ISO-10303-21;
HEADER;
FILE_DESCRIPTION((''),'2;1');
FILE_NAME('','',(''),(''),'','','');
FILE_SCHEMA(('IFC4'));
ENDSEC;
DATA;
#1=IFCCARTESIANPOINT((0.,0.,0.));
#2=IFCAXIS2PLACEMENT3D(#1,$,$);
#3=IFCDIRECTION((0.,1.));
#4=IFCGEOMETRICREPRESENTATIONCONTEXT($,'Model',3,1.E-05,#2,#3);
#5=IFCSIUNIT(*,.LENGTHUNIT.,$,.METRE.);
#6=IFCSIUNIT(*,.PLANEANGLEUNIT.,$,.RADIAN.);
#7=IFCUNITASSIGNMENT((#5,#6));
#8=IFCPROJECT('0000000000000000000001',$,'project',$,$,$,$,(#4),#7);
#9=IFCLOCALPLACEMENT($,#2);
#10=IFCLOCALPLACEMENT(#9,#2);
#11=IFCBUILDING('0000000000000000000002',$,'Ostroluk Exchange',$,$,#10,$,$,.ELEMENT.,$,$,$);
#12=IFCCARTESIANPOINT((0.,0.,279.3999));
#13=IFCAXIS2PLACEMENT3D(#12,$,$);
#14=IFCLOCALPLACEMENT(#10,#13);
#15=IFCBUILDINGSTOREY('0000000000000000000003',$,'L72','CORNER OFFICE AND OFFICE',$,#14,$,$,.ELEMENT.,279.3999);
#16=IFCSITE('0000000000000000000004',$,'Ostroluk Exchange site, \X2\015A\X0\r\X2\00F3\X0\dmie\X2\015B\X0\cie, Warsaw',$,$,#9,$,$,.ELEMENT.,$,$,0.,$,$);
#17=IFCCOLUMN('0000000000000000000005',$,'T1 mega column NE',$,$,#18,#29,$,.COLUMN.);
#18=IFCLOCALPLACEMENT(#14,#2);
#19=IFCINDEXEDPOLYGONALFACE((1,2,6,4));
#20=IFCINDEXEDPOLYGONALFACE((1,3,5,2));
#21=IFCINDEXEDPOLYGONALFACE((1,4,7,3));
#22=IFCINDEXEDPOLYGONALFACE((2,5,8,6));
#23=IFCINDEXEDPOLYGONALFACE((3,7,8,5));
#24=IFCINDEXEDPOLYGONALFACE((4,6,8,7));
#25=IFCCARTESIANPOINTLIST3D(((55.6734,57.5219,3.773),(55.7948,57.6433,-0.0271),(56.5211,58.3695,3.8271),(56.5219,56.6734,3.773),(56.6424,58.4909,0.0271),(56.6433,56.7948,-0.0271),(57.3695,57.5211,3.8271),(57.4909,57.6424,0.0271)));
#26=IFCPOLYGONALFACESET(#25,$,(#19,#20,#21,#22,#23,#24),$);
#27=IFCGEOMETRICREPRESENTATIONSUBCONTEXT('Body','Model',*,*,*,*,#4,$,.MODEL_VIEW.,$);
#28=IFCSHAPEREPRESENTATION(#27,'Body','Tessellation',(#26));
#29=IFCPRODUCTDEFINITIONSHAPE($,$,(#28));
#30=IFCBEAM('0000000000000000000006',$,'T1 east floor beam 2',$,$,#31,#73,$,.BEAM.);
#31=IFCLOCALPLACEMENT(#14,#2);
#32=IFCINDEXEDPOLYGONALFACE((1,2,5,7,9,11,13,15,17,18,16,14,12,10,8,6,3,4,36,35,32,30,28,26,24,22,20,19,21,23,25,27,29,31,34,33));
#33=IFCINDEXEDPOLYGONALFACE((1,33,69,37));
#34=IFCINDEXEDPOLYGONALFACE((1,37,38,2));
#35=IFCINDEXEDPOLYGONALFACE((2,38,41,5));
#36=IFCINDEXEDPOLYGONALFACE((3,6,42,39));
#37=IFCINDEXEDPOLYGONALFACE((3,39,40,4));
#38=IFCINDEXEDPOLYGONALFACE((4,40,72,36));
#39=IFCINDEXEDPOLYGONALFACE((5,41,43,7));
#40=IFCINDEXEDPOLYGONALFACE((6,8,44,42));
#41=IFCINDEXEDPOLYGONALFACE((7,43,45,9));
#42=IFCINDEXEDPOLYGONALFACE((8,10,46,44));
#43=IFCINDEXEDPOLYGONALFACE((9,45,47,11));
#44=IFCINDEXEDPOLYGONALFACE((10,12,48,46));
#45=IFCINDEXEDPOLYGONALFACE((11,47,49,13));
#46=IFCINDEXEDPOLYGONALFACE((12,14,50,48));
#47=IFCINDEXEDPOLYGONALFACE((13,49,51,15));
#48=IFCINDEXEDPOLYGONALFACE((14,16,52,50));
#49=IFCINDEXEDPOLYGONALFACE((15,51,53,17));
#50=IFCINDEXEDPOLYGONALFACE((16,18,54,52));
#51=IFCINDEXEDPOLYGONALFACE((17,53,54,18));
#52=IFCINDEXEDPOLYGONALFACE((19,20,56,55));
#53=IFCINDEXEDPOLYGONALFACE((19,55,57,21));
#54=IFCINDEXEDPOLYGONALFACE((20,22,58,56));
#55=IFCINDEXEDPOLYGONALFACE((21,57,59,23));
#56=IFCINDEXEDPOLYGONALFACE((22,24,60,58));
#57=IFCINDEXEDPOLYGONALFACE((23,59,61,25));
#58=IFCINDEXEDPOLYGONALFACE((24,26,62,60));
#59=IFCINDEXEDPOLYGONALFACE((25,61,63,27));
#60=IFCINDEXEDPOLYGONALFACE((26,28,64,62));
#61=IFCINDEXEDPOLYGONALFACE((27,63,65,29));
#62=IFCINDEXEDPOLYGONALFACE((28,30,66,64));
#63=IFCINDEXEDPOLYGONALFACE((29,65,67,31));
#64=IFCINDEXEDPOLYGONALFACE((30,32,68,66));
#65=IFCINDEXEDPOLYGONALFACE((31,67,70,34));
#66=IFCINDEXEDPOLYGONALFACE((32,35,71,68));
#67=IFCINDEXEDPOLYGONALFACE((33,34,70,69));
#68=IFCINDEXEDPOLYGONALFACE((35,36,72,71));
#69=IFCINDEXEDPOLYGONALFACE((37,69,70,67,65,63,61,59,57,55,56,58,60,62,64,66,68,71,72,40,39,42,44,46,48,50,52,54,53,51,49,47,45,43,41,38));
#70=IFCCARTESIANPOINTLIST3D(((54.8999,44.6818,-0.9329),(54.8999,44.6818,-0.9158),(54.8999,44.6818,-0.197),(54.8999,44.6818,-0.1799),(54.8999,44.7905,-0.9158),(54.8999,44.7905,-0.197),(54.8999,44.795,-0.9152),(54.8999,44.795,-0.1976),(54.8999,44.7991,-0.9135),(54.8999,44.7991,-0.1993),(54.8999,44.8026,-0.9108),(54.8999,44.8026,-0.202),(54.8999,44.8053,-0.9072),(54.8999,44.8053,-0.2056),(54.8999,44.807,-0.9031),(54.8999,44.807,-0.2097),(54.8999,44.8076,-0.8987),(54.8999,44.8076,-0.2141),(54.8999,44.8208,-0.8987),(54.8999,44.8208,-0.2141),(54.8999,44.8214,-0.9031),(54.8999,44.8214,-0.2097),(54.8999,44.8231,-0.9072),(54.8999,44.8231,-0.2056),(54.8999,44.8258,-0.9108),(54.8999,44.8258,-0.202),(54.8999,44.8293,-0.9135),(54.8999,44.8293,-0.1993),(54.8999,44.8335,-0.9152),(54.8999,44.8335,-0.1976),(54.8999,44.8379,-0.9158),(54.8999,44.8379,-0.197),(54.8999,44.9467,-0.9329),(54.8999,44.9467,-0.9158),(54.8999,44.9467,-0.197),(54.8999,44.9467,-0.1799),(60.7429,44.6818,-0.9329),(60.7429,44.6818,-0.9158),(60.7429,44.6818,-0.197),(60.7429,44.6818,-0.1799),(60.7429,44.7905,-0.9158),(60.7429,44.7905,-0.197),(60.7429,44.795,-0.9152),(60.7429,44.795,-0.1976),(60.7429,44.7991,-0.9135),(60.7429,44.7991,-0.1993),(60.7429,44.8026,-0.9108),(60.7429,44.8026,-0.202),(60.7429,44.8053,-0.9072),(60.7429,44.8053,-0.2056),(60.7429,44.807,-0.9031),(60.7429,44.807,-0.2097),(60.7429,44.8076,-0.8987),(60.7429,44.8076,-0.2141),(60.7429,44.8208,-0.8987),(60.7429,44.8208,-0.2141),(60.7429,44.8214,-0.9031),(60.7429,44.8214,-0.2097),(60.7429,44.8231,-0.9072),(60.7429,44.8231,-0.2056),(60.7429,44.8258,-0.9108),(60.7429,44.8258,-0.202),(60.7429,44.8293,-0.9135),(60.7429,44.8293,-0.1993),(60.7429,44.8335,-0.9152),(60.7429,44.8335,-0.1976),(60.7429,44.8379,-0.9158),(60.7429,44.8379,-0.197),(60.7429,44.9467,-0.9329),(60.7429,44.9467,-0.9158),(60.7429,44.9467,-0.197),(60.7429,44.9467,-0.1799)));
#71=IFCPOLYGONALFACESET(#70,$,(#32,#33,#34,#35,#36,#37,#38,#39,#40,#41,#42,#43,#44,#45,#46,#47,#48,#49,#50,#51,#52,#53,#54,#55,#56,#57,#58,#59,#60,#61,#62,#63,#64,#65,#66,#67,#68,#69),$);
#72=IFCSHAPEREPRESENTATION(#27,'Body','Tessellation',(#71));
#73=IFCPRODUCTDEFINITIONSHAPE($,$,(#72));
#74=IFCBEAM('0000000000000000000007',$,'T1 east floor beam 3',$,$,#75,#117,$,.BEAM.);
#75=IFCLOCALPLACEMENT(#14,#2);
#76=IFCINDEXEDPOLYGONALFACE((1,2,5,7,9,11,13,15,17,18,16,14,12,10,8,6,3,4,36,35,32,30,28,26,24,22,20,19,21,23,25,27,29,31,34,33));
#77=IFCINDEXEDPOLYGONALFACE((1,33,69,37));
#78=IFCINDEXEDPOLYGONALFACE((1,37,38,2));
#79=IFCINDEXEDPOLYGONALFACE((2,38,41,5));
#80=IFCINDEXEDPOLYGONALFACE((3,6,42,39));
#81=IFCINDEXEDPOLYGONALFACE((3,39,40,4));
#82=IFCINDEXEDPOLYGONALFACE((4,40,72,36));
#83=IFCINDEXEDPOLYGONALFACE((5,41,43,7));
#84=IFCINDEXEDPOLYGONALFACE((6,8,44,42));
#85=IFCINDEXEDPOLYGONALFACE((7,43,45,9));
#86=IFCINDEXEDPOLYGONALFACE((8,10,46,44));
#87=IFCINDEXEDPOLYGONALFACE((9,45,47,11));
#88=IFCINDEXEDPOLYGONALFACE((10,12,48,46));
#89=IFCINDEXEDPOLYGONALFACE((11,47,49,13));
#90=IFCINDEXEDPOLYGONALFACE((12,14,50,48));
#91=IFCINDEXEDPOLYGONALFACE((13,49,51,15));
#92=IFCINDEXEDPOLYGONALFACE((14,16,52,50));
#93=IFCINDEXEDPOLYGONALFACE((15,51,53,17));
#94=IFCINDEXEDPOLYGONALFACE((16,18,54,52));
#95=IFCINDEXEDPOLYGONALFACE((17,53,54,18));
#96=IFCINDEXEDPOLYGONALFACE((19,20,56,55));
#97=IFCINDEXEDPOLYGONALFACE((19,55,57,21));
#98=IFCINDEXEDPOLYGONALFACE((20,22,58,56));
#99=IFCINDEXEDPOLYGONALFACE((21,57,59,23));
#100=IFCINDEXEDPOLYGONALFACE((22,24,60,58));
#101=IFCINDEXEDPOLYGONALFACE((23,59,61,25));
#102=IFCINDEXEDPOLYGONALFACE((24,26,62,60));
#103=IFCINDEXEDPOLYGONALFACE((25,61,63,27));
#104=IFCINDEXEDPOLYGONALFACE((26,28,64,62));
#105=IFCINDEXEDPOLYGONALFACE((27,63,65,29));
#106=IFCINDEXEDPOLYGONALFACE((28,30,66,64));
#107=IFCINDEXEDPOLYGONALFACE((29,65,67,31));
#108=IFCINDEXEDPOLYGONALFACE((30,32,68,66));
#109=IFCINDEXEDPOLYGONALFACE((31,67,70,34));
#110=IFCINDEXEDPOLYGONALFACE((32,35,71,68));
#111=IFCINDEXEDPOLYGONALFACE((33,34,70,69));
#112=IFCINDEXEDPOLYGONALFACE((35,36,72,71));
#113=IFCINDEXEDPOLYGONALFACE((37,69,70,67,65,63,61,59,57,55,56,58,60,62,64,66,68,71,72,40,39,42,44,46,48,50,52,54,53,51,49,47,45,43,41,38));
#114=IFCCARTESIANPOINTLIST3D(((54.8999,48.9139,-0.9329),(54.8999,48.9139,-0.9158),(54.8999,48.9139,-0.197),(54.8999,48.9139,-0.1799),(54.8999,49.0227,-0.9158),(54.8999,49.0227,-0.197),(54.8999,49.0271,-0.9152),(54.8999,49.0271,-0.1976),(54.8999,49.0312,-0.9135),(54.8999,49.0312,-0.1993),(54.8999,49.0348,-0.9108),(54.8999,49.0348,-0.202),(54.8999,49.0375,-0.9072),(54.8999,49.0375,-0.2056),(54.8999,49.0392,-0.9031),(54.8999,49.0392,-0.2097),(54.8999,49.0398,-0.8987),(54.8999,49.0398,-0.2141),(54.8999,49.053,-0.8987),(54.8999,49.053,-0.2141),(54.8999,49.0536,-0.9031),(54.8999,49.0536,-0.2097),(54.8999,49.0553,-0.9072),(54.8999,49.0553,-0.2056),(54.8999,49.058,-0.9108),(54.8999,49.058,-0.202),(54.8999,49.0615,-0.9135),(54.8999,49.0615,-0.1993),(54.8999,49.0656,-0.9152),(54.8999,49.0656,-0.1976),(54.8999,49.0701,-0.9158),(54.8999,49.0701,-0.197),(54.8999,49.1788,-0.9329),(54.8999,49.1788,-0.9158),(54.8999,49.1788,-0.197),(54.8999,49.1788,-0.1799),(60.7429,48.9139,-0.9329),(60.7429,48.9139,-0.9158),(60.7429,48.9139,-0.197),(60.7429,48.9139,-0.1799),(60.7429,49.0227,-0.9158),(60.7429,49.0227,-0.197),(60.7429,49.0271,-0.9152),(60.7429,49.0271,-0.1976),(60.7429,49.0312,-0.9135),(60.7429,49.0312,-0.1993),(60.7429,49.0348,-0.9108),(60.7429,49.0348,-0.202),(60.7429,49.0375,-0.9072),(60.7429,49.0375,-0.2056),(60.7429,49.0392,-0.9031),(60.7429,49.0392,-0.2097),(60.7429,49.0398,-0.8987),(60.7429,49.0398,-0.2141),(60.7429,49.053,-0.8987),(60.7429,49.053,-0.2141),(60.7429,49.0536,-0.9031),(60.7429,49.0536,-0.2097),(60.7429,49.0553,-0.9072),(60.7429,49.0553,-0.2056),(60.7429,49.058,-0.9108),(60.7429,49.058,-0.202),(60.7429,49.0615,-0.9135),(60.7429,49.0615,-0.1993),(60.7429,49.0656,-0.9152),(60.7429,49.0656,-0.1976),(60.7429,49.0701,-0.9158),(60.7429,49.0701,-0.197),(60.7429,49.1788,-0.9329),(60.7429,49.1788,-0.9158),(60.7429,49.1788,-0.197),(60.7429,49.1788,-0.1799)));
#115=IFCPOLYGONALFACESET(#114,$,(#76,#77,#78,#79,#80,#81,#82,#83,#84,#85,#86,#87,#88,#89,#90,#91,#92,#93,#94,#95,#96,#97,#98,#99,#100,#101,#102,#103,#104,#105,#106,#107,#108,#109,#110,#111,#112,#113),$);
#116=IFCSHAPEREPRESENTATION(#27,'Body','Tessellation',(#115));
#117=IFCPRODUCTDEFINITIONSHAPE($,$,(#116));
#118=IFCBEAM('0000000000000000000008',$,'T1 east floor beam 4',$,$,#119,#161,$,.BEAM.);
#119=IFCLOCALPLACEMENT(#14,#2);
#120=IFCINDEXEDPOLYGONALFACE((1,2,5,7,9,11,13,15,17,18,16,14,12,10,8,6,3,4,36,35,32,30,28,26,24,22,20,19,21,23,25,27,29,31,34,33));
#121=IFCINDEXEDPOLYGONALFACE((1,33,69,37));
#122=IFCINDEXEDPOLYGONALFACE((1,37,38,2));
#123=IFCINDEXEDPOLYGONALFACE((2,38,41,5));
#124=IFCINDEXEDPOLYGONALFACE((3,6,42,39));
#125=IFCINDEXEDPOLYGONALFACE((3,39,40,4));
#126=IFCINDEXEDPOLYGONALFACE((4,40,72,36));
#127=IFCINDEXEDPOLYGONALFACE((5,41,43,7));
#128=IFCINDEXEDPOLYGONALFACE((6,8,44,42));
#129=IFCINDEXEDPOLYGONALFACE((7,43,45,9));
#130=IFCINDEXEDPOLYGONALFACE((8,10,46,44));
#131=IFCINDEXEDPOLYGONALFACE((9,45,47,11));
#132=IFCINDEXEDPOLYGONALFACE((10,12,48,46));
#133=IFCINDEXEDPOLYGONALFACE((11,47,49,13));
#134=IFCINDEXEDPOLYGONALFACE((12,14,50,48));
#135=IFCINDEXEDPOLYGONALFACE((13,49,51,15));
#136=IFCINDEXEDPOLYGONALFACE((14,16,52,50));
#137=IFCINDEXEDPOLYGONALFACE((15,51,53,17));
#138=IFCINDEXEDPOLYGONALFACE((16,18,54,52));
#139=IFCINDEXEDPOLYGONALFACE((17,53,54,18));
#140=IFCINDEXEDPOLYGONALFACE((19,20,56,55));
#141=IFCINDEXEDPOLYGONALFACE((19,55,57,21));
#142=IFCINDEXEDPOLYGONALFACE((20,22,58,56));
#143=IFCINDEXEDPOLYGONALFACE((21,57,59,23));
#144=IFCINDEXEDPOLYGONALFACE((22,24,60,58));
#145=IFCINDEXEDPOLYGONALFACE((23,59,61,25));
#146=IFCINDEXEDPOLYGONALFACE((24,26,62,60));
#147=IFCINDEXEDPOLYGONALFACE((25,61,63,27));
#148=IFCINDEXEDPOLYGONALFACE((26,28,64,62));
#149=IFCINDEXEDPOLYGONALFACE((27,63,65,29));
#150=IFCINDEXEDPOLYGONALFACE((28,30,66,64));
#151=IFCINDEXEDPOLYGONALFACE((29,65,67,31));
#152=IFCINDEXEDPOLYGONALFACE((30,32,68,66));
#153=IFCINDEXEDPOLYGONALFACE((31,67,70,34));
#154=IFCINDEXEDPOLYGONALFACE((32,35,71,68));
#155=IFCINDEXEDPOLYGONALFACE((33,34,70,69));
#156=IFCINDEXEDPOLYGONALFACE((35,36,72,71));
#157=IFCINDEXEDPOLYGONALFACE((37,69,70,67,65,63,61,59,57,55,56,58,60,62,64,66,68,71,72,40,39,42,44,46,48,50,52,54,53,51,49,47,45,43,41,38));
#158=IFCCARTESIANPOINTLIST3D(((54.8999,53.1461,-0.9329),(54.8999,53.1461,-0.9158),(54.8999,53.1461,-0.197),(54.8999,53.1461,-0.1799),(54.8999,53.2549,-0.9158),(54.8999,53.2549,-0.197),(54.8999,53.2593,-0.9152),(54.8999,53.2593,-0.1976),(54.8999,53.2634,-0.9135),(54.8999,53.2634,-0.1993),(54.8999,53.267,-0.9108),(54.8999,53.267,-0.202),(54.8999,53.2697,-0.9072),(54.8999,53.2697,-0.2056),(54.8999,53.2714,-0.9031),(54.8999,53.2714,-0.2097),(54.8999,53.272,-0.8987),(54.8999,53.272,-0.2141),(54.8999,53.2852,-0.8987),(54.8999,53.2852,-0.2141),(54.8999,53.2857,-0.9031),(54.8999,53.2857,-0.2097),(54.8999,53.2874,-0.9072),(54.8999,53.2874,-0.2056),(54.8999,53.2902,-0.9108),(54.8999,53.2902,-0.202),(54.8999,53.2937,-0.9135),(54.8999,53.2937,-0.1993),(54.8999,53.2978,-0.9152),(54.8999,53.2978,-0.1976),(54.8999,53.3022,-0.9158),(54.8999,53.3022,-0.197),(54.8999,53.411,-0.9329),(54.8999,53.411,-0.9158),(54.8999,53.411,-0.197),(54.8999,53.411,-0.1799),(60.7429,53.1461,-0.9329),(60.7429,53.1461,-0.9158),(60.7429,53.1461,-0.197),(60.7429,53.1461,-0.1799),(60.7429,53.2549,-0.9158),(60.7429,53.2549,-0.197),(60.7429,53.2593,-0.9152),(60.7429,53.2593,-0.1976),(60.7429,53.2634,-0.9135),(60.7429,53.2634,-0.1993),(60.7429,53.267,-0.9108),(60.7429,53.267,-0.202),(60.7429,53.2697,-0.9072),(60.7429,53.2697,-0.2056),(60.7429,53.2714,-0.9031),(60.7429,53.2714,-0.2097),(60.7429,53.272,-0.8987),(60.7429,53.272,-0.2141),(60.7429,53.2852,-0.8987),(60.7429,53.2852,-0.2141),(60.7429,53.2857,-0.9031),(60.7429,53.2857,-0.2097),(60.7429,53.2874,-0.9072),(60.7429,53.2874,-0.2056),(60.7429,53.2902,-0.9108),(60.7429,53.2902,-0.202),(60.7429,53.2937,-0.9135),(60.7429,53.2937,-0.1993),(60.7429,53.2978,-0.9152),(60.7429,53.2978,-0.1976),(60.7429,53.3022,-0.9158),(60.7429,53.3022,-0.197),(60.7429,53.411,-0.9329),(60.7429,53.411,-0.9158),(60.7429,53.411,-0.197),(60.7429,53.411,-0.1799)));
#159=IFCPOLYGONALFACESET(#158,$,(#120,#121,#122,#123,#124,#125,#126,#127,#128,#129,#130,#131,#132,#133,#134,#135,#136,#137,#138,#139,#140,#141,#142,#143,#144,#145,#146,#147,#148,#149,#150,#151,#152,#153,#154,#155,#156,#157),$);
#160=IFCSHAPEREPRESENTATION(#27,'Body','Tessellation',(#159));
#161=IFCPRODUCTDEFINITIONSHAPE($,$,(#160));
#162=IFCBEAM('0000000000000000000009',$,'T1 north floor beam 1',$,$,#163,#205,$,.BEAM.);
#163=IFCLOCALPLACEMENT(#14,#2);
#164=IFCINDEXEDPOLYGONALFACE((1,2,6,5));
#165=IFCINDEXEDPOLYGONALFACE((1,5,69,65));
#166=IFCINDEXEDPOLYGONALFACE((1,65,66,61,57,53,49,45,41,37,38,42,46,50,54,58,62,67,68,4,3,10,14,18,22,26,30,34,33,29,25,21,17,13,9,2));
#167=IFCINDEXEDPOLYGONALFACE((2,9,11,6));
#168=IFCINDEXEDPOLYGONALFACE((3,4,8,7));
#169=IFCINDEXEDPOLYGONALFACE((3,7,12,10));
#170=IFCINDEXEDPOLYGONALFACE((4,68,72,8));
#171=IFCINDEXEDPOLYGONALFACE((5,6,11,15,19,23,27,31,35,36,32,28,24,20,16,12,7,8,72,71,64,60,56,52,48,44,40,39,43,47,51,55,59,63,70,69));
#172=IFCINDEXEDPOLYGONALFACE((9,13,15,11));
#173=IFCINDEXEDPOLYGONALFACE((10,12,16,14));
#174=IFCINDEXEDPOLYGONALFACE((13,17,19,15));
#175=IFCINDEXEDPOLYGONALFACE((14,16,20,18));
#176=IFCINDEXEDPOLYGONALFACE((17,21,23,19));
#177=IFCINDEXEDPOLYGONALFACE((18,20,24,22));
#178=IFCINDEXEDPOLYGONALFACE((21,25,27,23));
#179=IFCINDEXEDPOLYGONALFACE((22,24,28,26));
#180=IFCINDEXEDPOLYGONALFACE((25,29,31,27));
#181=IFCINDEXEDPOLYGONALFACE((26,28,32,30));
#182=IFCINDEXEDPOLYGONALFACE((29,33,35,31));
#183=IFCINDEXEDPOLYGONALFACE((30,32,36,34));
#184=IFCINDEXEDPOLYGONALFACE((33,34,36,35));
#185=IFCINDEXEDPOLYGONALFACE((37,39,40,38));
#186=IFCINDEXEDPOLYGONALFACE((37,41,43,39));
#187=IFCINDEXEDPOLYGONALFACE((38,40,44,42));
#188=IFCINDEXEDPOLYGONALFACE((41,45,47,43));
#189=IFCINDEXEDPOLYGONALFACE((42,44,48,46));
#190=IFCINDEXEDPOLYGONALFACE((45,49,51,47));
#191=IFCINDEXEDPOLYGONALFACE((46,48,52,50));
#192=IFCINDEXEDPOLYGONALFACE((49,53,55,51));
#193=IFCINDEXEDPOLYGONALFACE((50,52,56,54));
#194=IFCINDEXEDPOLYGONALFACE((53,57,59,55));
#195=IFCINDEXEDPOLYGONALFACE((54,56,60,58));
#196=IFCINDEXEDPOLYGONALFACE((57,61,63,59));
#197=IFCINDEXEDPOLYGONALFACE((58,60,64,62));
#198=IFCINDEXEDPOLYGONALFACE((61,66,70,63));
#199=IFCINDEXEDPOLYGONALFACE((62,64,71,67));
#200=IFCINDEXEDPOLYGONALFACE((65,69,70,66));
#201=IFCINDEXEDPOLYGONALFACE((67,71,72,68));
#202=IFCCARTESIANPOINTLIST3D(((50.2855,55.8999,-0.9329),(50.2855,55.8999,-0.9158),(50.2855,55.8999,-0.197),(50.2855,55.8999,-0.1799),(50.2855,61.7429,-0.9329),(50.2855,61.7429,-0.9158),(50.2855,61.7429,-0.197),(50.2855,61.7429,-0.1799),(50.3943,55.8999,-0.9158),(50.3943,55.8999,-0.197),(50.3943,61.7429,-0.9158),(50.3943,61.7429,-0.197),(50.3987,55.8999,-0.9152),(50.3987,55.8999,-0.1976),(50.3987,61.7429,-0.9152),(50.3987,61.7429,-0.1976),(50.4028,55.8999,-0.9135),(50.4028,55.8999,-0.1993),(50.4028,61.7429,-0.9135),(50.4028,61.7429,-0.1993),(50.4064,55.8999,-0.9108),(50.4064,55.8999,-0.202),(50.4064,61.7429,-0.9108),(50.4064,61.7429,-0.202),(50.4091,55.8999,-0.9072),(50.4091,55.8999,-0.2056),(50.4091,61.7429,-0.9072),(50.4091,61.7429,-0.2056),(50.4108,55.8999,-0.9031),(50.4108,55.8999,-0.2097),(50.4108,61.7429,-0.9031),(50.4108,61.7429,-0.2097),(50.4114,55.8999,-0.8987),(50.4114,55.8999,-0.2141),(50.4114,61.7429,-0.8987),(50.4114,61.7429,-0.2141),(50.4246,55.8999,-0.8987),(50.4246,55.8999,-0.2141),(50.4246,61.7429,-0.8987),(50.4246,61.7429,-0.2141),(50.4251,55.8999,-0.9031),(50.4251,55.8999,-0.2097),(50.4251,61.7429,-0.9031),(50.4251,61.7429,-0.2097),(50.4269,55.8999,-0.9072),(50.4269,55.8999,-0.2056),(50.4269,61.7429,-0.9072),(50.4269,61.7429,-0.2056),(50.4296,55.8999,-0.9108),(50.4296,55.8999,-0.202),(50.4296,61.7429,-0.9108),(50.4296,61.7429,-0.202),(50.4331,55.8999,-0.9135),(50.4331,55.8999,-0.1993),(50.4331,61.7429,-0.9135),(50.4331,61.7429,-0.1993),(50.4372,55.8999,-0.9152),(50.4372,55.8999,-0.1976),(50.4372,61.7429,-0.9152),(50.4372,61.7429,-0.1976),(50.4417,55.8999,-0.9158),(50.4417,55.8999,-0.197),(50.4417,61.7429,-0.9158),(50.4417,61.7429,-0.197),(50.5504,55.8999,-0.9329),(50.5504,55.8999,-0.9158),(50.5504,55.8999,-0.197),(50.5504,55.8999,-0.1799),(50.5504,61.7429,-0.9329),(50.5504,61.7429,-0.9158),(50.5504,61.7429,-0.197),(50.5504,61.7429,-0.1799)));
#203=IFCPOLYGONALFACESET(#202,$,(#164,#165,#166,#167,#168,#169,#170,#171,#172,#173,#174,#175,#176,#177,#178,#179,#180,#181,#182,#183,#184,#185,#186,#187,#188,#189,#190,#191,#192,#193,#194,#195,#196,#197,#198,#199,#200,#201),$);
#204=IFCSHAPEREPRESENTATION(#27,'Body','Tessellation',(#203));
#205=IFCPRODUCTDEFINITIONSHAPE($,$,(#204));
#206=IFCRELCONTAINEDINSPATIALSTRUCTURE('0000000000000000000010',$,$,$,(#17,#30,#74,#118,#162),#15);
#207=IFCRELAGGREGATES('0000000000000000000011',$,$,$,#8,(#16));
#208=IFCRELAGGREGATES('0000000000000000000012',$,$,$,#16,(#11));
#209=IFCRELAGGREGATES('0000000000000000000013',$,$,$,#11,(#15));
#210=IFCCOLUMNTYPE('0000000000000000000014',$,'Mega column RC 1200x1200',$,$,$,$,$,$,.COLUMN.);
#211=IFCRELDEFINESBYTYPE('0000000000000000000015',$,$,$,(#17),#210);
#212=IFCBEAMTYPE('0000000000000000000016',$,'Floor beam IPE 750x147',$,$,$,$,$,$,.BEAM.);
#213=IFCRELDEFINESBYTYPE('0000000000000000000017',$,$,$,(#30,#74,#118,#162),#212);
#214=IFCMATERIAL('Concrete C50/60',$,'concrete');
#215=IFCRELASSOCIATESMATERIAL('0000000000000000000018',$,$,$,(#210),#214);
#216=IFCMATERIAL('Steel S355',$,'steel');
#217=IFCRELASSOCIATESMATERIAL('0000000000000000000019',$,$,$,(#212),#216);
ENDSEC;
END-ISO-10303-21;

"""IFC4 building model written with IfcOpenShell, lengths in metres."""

from ifc_helpers import new_model, si_unit, direction, frame, origin, origin_2d, place, context, subcontext, project, spatial, rectangle, i_section, extrude, material, material_profile, profile_set, type_object, element, save


model = new_model("IFC4")

# Units and contexts
model_context = context("Model", 3, precision=1e-05, world=origin(), true_north=direction((0.0, 1.0)))
body_context = subcontext(model_context, "Body", "Model", "MODEL_VIEW")
ifc_project = project(units=[si_unit("LENGTHUNIT", "METRE"), si_unit("PLANEANGLEUNIT", "RADIAN")], contexts=[model_context])

# Site, building, storey
site_placement = place(None, origin())
site = spatial("IfcSite", under=ifc_project, at=site_placement, Name="Ostroluk Exchange site, Śródmieście, Warsaw", CompositionType="ELEMENT", RefElevation=0.0)
building_placement = place(site_placement, origin())
building = spatial("IfcBuilding", under=site, at=building_placement, Name="Ostroluk Exchange", CompositionType="ELEMENT")
storey_placement = place(building_placement, frame((0.0, 0.0, 279.3999)))
storey = spatial("IfcBuildingStorey", under=building, at=storey_placement, Name="L72", Description="CORNER OFFICE AND OFFICE", CompositionType="ELEMENT", Elevation=279.3999)

# Column
ifc_material_1 = material(Name="Concrete C50/60", Category="concrete")
ifc_material_profile_1 = material_profile(ifc_material_1, rectangle(XDim=1.2, YDim=1.2, at=origin_2d()), Name="RC 1200x1200")
ifc_profile_set_1 = profile_set([ifc_material_profile_1], Name="Concrete C50/60")
column_type = type_object("IfcColumnType", Name="Mega column RC 1200x1200", PredefinedType="COLUMN", material=ifc_profile_set_1)
column_placement = place(storey_placement, frame((56.6428, 57.6428, 0.0), z_axis=(-0.031898, -0.031898, 0.998982), x_axis=(0.707107, -0.707107, 0.0)))
element("IfcColumn", 1, at=column_placement, inside=storey, type_object=column_type, Name="T1 mega column NE", PredefinedType="COLUMN", context=body_context, shape_type="SweptSolid", body=[
    extrude(rectangle(XDim=1.2, YDim=1.2, at=origin_2d()), origin(), (0.0, 0.0, 1.0), 3.804),
])

# Beams
ifc_material_2 = material(Name="Steel S355", Category="steel")
ifc_material_profile_2 = material_profile(ifc_material_2, i_section(OverallWidth=0.2649, OverallDepth=0.7529, WebThickness=0.0132, FlangeThickness=0.0171, FilletRadius=0.0171, at=origin_2d()), Name="IPE 750x147")
ifc_profile_set_2 = profile_set([ifc_material_profile_2], Name="Steel S355")
beam_type_1 = type_object("IfcBeamType", Name="Floor beam IPE 750x147", PredefinedType="BEAM", material=ifc_profile_set_2)
for number, where, z_axis, x_axis, name in (
    (2, (54.8999, 44.8142, -0.5564), (1.0, 0.0, 0.0), (0.0, 1.0, 0.0), "T1 east floor beam 2"),
    (3, (54.8999, 49.0464, -0.5564), (1.0, 0.0, 0.0), (0.0, 1.0, 0.0), "T1 east floor beam 3"),
    (4, (54.8999, 53.2786, -0.5564), (1.0, 0.0, 0.0), (0.0, 1.0, 0.0), "T1 east floor beam 4"),
    (5, (50.418, 55.8999, -0.5564), (0.0, 1.0, 0.0), (-1.0, 0.0, 0.0), "T1 north floor beam 1"),
):
    element("IfcBeam", number, at=place(storey_placement, frame(where, z_axis=z_axis, x_axis=x_axis)), inside=storey, type_object=beam_type_1, Name=name, PredefinedType="BEAM", context=body_context, shape_type="SweptSolid", body=[
        extrude(i_section(OverallWidth=0.2649, OverallDepth=0.7529, WebThickness=0.0132, FlangeThickness=0.0171, FilletRadius=0.0171, at=origin_2d()), origin(), (0.0, 0.0, 1.0), 5.843),
    ])

save(model, "model.ifc")
